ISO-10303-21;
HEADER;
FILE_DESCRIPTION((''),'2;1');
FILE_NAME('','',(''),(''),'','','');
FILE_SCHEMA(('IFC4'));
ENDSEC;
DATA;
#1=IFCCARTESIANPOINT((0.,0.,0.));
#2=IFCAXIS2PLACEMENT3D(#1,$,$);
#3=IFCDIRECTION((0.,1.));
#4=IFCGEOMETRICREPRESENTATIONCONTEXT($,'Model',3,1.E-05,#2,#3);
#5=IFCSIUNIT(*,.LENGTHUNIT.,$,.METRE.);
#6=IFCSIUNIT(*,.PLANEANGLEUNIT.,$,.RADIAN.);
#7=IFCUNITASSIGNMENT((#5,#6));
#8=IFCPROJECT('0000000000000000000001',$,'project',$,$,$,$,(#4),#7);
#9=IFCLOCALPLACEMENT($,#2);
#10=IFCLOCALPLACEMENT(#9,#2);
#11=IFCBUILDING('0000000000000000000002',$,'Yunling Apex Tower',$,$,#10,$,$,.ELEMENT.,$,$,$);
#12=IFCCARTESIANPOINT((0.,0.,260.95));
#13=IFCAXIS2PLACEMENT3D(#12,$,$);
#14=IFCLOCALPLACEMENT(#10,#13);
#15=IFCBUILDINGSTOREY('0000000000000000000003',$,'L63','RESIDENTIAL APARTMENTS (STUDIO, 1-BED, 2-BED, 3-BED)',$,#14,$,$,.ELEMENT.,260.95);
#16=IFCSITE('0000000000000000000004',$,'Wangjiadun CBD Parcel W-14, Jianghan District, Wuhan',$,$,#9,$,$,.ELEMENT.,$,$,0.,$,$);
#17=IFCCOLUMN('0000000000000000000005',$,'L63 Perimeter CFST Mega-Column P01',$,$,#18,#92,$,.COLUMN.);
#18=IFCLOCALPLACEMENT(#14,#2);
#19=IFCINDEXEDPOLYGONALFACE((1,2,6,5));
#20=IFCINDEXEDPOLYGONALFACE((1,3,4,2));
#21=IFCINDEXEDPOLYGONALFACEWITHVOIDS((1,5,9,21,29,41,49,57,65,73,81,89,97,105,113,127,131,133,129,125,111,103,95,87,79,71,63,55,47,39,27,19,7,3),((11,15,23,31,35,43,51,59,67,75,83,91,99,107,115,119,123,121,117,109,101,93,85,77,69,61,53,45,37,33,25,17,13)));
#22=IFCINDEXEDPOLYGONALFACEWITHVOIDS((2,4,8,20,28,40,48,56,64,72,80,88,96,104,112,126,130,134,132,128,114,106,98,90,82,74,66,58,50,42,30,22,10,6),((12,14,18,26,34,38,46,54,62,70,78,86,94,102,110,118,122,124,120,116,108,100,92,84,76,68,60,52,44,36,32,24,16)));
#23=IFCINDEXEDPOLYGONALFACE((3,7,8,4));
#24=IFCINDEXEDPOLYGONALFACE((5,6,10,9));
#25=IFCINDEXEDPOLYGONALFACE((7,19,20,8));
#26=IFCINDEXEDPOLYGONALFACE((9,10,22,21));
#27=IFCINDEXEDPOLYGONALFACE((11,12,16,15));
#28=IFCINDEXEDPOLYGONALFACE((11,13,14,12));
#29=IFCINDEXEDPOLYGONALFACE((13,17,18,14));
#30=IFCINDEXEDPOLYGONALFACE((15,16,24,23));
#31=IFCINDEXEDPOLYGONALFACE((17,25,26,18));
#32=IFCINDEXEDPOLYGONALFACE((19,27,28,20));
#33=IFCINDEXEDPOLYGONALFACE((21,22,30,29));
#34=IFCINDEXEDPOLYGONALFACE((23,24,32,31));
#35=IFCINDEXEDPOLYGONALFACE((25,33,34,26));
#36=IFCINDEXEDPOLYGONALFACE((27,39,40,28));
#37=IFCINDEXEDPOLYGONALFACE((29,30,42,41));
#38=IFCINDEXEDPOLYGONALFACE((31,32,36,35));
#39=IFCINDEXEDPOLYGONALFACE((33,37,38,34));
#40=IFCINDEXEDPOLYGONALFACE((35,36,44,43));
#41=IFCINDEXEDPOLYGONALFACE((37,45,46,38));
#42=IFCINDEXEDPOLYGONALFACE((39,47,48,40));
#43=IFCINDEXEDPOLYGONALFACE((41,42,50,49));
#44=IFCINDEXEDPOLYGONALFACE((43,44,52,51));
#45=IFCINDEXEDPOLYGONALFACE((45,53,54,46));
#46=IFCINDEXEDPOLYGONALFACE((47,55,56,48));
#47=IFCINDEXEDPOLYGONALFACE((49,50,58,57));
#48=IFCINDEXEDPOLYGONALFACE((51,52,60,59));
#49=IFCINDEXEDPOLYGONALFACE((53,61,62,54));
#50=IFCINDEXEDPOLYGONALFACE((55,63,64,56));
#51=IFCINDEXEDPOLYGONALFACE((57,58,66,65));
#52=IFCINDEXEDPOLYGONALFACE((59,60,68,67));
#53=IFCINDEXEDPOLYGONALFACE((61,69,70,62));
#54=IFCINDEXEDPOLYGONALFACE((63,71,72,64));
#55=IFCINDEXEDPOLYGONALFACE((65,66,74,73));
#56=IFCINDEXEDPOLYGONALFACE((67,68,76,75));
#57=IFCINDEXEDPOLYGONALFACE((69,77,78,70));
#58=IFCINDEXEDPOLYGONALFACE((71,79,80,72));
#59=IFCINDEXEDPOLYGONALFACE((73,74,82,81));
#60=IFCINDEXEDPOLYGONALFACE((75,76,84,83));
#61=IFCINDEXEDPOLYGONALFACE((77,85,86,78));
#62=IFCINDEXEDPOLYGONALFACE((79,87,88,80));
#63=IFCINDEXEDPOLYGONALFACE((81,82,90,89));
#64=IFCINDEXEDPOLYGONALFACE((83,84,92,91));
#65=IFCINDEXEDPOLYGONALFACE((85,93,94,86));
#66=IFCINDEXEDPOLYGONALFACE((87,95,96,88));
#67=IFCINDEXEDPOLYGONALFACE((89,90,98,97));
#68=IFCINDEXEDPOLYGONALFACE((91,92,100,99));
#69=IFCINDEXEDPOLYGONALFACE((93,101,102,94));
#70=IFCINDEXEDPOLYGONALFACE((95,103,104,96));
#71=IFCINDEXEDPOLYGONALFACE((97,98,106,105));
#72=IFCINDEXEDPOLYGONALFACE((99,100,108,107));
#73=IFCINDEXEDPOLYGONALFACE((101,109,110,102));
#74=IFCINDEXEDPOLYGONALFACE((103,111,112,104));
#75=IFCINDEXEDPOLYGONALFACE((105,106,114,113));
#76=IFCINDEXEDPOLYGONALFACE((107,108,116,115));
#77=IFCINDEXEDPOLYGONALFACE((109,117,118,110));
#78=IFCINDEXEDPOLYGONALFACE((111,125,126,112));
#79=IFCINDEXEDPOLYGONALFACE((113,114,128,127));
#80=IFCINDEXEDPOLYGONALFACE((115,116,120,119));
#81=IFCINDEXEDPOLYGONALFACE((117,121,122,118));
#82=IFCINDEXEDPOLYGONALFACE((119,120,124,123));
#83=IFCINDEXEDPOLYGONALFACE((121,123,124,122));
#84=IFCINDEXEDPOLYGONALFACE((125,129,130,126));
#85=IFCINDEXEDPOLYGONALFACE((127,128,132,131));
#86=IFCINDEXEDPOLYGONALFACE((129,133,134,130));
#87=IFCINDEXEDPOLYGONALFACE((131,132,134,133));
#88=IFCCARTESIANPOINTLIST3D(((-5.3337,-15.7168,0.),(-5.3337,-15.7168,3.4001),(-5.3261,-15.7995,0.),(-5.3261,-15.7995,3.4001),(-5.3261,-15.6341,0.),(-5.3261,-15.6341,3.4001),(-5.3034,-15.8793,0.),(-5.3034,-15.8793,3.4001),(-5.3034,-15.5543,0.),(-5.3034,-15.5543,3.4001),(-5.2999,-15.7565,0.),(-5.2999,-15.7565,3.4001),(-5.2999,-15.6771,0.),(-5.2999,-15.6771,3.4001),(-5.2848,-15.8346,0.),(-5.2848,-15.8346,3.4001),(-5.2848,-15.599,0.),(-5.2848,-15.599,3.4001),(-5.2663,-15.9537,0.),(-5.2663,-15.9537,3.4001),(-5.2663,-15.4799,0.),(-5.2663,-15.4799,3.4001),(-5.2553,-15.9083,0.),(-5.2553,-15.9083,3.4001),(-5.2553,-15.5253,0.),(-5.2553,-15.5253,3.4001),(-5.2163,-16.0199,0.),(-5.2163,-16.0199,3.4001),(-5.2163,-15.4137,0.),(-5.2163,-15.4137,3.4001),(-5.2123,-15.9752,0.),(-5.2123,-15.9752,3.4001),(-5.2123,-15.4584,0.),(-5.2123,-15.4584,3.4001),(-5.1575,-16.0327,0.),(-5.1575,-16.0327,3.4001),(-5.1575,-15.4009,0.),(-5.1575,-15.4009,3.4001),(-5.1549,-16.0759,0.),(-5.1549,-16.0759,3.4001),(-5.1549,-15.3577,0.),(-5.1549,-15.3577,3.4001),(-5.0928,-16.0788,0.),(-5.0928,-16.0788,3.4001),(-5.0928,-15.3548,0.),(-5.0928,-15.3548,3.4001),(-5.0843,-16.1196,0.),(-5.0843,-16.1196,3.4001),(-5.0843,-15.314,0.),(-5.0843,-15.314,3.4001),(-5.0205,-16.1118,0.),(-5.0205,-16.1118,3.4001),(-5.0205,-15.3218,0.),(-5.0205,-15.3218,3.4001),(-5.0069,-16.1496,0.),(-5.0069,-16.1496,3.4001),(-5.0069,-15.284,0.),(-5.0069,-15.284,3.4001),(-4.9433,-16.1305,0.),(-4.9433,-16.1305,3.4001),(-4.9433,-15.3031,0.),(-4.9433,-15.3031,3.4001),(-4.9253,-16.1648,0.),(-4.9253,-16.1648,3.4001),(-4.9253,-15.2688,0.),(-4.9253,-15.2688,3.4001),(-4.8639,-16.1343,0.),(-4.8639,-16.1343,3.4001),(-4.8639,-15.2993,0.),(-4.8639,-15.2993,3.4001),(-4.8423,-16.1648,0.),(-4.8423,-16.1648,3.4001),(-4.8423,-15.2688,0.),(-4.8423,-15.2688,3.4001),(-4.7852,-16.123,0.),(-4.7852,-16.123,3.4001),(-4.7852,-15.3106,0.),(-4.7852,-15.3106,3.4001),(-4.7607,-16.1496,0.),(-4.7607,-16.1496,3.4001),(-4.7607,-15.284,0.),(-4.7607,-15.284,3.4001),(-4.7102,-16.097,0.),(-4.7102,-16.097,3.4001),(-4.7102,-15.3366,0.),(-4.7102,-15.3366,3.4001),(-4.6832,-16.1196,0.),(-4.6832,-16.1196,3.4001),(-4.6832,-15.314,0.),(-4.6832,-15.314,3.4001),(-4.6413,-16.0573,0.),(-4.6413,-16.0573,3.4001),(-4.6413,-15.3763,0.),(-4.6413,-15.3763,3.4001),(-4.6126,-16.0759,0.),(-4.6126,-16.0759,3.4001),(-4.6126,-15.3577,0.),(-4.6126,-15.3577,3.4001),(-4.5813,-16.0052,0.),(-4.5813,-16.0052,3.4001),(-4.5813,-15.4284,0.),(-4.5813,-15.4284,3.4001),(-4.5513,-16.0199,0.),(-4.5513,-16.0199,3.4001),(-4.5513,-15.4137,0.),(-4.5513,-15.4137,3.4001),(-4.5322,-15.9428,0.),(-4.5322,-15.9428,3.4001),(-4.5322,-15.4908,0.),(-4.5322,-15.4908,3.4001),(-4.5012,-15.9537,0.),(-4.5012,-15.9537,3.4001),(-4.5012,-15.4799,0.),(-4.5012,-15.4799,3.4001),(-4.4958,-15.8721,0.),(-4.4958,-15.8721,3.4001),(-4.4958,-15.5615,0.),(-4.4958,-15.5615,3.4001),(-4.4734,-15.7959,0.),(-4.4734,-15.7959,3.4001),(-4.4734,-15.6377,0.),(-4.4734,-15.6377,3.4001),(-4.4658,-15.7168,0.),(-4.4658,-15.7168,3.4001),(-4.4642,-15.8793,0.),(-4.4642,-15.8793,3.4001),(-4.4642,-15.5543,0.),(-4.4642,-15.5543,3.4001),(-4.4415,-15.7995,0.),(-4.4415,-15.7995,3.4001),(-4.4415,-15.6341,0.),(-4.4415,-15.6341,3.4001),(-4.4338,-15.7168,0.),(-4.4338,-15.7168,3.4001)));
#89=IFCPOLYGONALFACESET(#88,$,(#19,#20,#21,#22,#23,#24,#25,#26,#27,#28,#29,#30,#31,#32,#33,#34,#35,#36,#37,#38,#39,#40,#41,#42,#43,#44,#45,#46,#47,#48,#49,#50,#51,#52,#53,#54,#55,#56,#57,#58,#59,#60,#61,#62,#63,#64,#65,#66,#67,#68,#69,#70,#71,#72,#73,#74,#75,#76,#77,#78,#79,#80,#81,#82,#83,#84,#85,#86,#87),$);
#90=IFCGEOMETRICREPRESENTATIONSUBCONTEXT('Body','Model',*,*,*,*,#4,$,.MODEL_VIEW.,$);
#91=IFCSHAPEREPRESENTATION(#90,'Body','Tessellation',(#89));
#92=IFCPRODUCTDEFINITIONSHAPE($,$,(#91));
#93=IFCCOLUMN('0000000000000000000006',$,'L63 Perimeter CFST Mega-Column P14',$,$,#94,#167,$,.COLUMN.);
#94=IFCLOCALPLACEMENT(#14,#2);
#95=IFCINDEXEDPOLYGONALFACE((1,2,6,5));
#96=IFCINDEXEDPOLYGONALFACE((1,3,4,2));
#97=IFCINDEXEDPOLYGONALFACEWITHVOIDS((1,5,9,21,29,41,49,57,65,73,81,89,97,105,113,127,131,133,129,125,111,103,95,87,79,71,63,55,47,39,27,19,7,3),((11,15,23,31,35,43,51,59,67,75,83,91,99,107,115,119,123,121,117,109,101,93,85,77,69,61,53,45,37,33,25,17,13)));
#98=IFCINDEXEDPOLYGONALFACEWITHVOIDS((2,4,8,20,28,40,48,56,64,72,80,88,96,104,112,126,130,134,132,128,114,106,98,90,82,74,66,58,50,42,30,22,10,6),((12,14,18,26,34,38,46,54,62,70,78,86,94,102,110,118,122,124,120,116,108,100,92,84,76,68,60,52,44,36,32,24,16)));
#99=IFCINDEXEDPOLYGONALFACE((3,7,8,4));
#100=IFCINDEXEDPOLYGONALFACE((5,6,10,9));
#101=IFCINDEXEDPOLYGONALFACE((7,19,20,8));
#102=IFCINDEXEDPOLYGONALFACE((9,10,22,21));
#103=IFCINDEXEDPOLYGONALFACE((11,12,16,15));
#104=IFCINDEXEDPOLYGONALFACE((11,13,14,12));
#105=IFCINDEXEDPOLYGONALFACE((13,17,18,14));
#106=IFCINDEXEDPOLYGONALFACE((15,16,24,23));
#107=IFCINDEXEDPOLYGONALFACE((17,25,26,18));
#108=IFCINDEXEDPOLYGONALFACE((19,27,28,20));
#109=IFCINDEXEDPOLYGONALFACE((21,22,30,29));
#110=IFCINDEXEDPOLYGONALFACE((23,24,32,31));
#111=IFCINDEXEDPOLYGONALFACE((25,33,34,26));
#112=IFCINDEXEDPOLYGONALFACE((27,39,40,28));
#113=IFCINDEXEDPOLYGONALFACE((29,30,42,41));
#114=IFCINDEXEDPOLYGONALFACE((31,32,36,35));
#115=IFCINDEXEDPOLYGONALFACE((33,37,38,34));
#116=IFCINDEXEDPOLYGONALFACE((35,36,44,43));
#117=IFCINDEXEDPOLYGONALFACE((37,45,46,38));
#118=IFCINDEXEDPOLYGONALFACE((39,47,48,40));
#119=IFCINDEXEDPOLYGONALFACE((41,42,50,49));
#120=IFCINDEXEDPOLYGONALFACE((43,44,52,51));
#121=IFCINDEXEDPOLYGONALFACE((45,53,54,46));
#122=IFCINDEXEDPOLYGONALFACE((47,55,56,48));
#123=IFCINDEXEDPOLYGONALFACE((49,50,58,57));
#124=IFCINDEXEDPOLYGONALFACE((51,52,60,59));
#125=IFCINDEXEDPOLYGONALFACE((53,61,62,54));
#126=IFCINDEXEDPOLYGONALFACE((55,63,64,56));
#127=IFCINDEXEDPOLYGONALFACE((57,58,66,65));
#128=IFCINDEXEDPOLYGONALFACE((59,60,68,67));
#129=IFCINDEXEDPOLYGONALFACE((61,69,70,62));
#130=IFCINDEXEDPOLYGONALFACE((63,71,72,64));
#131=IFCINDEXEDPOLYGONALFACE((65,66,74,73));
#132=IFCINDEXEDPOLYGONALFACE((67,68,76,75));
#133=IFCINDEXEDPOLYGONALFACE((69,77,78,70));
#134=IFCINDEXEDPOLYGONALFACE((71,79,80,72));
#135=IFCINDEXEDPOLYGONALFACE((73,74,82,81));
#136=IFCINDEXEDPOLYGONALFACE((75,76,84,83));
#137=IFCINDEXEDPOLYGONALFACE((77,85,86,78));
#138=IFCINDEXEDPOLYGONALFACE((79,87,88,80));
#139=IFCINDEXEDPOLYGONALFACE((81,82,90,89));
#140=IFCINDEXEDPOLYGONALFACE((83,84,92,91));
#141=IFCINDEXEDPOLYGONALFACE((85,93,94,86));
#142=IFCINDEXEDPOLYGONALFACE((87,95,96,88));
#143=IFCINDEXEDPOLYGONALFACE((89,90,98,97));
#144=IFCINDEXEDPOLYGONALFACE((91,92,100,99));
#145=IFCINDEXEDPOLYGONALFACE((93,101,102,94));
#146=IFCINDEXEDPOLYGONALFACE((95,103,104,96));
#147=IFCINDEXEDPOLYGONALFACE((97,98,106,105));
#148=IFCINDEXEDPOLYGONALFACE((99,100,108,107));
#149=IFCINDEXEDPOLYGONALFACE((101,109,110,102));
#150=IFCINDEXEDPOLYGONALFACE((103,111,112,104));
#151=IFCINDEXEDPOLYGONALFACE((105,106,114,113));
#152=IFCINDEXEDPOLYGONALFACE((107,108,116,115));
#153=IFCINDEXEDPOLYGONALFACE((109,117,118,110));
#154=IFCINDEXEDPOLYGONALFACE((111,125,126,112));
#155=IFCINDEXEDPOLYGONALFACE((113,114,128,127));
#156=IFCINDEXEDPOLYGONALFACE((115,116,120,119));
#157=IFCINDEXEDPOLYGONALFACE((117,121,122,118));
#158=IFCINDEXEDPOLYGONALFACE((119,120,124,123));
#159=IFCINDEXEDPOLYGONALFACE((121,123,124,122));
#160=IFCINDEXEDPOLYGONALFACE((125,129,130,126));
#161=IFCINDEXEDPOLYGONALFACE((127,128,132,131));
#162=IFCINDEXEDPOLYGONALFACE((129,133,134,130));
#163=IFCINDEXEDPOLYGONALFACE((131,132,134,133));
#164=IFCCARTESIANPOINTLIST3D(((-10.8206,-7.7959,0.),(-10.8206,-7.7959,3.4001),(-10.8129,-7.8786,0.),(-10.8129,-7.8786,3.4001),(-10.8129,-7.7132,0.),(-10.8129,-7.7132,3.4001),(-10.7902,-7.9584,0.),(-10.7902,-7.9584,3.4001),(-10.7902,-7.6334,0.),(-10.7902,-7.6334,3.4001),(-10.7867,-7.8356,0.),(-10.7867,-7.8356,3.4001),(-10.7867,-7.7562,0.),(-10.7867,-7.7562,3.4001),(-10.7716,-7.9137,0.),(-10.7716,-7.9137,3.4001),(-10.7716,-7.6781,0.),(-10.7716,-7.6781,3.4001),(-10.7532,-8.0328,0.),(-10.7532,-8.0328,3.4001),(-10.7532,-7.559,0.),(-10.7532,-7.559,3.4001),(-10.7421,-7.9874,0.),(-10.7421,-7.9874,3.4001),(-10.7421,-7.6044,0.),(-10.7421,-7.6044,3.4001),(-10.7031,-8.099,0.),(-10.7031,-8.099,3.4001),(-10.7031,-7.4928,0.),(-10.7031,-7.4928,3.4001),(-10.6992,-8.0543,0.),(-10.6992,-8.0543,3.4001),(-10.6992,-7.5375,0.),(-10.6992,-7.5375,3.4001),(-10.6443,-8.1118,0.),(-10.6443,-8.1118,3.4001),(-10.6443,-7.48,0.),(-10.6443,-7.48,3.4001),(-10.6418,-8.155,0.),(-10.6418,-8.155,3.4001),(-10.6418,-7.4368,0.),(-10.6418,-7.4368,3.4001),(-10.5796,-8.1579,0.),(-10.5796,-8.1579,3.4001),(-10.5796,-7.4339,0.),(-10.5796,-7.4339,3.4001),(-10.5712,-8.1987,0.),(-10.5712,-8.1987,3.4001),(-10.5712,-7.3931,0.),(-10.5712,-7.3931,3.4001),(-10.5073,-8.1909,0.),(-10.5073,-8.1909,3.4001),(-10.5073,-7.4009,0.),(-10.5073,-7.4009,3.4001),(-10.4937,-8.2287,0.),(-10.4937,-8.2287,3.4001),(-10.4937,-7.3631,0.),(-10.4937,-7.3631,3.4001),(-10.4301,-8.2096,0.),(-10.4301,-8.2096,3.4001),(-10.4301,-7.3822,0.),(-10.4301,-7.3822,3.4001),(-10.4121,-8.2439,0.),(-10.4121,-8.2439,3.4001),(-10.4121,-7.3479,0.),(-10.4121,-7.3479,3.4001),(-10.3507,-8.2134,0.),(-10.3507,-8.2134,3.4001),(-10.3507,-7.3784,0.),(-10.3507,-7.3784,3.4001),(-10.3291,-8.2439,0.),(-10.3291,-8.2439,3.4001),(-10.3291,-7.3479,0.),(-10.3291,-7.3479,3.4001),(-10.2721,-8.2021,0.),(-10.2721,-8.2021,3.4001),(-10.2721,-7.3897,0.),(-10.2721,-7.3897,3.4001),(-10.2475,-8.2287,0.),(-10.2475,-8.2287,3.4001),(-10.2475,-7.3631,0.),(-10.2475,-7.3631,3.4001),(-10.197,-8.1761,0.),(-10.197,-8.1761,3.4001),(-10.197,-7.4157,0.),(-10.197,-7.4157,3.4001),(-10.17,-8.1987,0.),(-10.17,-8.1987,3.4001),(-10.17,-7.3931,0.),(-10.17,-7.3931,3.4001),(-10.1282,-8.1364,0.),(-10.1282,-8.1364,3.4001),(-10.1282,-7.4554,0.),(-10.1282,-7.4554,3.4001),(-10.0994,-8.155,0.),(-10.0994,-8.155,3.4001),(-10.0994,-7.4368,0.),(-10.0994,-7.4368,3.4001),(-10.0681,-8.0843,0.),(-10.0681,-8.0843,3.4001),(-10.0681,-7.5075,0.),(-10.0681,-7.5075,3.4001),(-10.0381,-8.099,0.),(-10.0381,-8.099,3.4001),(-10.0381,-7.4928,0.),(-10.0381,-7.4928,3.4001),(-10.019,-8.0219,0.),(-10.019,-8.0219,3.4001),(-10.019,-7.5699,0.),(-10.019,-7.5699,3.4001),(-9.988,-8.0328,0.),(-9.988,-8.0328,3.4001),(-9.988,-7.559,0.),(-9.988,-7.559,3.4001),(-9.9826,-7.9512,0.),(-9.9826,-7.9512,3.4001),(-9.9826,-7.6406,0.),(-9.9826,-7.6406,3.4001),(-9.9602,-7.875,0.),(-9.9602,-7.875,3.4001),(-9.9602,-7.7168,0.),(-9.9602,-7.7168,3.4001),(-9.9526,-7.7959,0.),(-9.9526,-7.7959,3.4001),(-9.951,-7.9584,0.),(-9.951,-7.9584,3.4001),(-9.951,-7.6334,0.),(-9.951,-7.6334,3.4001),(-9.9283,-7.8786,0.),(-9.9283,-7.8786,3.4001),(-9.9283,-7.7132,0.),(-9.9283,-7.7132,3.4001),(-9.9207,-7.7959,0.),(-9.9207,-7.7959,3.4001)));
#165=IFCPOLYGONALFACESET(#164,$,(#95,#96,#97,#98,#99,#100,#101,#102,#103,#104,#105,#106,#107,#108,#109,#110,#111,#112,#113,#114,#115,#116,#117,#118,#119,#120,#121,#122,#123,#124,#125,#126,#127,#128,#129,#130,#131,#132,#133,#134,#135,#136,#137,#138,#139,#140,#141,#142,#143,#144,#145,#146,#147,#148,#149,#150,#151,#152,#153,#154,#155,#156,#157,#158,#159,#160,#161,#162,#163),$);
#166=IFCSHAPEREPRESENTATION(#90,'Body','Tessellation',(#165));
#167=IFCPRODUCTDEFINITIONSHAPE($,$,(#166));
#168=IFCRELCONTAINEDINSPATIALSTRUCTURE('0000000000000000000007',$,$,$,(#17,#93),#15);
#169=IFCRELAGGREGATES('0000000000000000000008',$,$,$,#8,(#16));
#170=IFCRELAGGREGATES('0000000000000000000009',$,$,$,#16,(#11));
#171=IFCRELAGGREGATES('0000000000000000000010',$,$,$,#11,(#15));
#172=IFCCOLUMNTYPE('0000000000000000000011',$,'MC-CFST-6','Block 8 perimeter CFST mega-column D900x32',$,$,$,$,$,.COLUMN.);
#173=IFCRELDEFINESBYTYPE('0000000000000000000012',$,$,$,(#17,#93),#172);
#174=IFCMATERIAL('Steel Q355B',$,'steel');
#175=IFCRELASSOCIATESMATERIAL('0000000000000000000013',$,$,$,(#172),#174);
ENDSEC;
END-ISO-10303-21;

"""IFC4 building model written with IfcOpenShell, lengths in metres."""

from ifc_helpers import new_model, si_unit, direction, frame, origin, origin_2d, place, context, subcontext, project, spatial, hollow_circle, extrude, source, transform, mapped, material, material_profile, profile_set, type_object, element, save


model = new_model("IFC4")

# Units and contexts
model_context = context("Model", 3, precision=1e-05, world=origin(), true_north=direction((0.0, 1.0)))
body_context = subcontext(model_context, "Body", "Model", "MODEL_VIEW")
ifc_project = project(units=[si_unit("LENGTHUNIT", "METRE"), si_unit("PLANEANGLEUNIT", "RADIAN")], contexts=[model_context])

# Site, building, storey
site_placement = place(None, origin())
site = spatial("IfcSite", under=ifc_project, at=site_placement, Name="Wangjiadun CBD Parcel W-14, Jianghan District, Wuhan", CompositionType="ELEMENT", RefElevation=0.0)
building_placement = place(site_placement, origin())
building = spatial("IfcBuilding", under=site, at=building_placement, Name="Yunling Apex Tower", CompositionType="ELEMENT")
storey_placement = place(building_placement, frame((0.0, 0.0, 260.95)))
storey = spatial("IfcBuildingStorey", under=building, at=storey_placement, Name="L63", Description="RESIDENTIAL APARTMENTS (STUDIO, 1-BED, 2-BED, 3-BED)", CompositionType="ELEMENT", Elevation=260.95)

# Columns
ifc_material_1 = material(Name="Steel Q355B", Category="steel")
ifc_material_profile_1 = material_profile(ifc_material_1, hollow_circle(Radius=0.45, WallThickness=0.032, at=origin_2d()))
ifc_profile_set_1 = profile_set([ifc_material_profile_1], Name="Steel Q355B")
column_type = type_object("IfcColumnType", Name="MC-CFST-6", Description="Block 8 perimeter CFST mega-column D900x32", PredefinedType="COLUMN", material=ifc_profile_set_1)
shared_shape_1 = source(origin(), body_context, "Body", "SweptSolid", [
    extrude(hollow_circle(Radius=0.45, WallThickness=0.032, at=origin_2d()), origin(), (0.0, 0.0, 1.0), 3.4001),
])
for number, where, z_axis, x_axis, name in (
    (1, (-4.8838, -15.7168, 0.0), (0.0, 0.0, 1.0), (1.0, 0.0, 0.0), "L63 Perimeter CFST Mega-Column P01"),
    (2, (-10.3706, -7.7959, 0.0), (0.0, 0.0, 1.0), (1.0, 0.0, 0.0), "L63 Perimeter CFST Mega-Column P14"),
):
    element("IfcColumn", number, at=place(storey_placement, frame(where, z_axis=z_axis, x_axis=x_axis)), inside=storey, type_object=column_type, Name=name, PredefinedType="COLUMN", context=body_context, shape_type="MappedRepresentation", body=[
        mapped(shared_shape_1, transform((0.0, 0.0, 0.0), scale=1.0)),
    ])

save(model, "model.ifc")
